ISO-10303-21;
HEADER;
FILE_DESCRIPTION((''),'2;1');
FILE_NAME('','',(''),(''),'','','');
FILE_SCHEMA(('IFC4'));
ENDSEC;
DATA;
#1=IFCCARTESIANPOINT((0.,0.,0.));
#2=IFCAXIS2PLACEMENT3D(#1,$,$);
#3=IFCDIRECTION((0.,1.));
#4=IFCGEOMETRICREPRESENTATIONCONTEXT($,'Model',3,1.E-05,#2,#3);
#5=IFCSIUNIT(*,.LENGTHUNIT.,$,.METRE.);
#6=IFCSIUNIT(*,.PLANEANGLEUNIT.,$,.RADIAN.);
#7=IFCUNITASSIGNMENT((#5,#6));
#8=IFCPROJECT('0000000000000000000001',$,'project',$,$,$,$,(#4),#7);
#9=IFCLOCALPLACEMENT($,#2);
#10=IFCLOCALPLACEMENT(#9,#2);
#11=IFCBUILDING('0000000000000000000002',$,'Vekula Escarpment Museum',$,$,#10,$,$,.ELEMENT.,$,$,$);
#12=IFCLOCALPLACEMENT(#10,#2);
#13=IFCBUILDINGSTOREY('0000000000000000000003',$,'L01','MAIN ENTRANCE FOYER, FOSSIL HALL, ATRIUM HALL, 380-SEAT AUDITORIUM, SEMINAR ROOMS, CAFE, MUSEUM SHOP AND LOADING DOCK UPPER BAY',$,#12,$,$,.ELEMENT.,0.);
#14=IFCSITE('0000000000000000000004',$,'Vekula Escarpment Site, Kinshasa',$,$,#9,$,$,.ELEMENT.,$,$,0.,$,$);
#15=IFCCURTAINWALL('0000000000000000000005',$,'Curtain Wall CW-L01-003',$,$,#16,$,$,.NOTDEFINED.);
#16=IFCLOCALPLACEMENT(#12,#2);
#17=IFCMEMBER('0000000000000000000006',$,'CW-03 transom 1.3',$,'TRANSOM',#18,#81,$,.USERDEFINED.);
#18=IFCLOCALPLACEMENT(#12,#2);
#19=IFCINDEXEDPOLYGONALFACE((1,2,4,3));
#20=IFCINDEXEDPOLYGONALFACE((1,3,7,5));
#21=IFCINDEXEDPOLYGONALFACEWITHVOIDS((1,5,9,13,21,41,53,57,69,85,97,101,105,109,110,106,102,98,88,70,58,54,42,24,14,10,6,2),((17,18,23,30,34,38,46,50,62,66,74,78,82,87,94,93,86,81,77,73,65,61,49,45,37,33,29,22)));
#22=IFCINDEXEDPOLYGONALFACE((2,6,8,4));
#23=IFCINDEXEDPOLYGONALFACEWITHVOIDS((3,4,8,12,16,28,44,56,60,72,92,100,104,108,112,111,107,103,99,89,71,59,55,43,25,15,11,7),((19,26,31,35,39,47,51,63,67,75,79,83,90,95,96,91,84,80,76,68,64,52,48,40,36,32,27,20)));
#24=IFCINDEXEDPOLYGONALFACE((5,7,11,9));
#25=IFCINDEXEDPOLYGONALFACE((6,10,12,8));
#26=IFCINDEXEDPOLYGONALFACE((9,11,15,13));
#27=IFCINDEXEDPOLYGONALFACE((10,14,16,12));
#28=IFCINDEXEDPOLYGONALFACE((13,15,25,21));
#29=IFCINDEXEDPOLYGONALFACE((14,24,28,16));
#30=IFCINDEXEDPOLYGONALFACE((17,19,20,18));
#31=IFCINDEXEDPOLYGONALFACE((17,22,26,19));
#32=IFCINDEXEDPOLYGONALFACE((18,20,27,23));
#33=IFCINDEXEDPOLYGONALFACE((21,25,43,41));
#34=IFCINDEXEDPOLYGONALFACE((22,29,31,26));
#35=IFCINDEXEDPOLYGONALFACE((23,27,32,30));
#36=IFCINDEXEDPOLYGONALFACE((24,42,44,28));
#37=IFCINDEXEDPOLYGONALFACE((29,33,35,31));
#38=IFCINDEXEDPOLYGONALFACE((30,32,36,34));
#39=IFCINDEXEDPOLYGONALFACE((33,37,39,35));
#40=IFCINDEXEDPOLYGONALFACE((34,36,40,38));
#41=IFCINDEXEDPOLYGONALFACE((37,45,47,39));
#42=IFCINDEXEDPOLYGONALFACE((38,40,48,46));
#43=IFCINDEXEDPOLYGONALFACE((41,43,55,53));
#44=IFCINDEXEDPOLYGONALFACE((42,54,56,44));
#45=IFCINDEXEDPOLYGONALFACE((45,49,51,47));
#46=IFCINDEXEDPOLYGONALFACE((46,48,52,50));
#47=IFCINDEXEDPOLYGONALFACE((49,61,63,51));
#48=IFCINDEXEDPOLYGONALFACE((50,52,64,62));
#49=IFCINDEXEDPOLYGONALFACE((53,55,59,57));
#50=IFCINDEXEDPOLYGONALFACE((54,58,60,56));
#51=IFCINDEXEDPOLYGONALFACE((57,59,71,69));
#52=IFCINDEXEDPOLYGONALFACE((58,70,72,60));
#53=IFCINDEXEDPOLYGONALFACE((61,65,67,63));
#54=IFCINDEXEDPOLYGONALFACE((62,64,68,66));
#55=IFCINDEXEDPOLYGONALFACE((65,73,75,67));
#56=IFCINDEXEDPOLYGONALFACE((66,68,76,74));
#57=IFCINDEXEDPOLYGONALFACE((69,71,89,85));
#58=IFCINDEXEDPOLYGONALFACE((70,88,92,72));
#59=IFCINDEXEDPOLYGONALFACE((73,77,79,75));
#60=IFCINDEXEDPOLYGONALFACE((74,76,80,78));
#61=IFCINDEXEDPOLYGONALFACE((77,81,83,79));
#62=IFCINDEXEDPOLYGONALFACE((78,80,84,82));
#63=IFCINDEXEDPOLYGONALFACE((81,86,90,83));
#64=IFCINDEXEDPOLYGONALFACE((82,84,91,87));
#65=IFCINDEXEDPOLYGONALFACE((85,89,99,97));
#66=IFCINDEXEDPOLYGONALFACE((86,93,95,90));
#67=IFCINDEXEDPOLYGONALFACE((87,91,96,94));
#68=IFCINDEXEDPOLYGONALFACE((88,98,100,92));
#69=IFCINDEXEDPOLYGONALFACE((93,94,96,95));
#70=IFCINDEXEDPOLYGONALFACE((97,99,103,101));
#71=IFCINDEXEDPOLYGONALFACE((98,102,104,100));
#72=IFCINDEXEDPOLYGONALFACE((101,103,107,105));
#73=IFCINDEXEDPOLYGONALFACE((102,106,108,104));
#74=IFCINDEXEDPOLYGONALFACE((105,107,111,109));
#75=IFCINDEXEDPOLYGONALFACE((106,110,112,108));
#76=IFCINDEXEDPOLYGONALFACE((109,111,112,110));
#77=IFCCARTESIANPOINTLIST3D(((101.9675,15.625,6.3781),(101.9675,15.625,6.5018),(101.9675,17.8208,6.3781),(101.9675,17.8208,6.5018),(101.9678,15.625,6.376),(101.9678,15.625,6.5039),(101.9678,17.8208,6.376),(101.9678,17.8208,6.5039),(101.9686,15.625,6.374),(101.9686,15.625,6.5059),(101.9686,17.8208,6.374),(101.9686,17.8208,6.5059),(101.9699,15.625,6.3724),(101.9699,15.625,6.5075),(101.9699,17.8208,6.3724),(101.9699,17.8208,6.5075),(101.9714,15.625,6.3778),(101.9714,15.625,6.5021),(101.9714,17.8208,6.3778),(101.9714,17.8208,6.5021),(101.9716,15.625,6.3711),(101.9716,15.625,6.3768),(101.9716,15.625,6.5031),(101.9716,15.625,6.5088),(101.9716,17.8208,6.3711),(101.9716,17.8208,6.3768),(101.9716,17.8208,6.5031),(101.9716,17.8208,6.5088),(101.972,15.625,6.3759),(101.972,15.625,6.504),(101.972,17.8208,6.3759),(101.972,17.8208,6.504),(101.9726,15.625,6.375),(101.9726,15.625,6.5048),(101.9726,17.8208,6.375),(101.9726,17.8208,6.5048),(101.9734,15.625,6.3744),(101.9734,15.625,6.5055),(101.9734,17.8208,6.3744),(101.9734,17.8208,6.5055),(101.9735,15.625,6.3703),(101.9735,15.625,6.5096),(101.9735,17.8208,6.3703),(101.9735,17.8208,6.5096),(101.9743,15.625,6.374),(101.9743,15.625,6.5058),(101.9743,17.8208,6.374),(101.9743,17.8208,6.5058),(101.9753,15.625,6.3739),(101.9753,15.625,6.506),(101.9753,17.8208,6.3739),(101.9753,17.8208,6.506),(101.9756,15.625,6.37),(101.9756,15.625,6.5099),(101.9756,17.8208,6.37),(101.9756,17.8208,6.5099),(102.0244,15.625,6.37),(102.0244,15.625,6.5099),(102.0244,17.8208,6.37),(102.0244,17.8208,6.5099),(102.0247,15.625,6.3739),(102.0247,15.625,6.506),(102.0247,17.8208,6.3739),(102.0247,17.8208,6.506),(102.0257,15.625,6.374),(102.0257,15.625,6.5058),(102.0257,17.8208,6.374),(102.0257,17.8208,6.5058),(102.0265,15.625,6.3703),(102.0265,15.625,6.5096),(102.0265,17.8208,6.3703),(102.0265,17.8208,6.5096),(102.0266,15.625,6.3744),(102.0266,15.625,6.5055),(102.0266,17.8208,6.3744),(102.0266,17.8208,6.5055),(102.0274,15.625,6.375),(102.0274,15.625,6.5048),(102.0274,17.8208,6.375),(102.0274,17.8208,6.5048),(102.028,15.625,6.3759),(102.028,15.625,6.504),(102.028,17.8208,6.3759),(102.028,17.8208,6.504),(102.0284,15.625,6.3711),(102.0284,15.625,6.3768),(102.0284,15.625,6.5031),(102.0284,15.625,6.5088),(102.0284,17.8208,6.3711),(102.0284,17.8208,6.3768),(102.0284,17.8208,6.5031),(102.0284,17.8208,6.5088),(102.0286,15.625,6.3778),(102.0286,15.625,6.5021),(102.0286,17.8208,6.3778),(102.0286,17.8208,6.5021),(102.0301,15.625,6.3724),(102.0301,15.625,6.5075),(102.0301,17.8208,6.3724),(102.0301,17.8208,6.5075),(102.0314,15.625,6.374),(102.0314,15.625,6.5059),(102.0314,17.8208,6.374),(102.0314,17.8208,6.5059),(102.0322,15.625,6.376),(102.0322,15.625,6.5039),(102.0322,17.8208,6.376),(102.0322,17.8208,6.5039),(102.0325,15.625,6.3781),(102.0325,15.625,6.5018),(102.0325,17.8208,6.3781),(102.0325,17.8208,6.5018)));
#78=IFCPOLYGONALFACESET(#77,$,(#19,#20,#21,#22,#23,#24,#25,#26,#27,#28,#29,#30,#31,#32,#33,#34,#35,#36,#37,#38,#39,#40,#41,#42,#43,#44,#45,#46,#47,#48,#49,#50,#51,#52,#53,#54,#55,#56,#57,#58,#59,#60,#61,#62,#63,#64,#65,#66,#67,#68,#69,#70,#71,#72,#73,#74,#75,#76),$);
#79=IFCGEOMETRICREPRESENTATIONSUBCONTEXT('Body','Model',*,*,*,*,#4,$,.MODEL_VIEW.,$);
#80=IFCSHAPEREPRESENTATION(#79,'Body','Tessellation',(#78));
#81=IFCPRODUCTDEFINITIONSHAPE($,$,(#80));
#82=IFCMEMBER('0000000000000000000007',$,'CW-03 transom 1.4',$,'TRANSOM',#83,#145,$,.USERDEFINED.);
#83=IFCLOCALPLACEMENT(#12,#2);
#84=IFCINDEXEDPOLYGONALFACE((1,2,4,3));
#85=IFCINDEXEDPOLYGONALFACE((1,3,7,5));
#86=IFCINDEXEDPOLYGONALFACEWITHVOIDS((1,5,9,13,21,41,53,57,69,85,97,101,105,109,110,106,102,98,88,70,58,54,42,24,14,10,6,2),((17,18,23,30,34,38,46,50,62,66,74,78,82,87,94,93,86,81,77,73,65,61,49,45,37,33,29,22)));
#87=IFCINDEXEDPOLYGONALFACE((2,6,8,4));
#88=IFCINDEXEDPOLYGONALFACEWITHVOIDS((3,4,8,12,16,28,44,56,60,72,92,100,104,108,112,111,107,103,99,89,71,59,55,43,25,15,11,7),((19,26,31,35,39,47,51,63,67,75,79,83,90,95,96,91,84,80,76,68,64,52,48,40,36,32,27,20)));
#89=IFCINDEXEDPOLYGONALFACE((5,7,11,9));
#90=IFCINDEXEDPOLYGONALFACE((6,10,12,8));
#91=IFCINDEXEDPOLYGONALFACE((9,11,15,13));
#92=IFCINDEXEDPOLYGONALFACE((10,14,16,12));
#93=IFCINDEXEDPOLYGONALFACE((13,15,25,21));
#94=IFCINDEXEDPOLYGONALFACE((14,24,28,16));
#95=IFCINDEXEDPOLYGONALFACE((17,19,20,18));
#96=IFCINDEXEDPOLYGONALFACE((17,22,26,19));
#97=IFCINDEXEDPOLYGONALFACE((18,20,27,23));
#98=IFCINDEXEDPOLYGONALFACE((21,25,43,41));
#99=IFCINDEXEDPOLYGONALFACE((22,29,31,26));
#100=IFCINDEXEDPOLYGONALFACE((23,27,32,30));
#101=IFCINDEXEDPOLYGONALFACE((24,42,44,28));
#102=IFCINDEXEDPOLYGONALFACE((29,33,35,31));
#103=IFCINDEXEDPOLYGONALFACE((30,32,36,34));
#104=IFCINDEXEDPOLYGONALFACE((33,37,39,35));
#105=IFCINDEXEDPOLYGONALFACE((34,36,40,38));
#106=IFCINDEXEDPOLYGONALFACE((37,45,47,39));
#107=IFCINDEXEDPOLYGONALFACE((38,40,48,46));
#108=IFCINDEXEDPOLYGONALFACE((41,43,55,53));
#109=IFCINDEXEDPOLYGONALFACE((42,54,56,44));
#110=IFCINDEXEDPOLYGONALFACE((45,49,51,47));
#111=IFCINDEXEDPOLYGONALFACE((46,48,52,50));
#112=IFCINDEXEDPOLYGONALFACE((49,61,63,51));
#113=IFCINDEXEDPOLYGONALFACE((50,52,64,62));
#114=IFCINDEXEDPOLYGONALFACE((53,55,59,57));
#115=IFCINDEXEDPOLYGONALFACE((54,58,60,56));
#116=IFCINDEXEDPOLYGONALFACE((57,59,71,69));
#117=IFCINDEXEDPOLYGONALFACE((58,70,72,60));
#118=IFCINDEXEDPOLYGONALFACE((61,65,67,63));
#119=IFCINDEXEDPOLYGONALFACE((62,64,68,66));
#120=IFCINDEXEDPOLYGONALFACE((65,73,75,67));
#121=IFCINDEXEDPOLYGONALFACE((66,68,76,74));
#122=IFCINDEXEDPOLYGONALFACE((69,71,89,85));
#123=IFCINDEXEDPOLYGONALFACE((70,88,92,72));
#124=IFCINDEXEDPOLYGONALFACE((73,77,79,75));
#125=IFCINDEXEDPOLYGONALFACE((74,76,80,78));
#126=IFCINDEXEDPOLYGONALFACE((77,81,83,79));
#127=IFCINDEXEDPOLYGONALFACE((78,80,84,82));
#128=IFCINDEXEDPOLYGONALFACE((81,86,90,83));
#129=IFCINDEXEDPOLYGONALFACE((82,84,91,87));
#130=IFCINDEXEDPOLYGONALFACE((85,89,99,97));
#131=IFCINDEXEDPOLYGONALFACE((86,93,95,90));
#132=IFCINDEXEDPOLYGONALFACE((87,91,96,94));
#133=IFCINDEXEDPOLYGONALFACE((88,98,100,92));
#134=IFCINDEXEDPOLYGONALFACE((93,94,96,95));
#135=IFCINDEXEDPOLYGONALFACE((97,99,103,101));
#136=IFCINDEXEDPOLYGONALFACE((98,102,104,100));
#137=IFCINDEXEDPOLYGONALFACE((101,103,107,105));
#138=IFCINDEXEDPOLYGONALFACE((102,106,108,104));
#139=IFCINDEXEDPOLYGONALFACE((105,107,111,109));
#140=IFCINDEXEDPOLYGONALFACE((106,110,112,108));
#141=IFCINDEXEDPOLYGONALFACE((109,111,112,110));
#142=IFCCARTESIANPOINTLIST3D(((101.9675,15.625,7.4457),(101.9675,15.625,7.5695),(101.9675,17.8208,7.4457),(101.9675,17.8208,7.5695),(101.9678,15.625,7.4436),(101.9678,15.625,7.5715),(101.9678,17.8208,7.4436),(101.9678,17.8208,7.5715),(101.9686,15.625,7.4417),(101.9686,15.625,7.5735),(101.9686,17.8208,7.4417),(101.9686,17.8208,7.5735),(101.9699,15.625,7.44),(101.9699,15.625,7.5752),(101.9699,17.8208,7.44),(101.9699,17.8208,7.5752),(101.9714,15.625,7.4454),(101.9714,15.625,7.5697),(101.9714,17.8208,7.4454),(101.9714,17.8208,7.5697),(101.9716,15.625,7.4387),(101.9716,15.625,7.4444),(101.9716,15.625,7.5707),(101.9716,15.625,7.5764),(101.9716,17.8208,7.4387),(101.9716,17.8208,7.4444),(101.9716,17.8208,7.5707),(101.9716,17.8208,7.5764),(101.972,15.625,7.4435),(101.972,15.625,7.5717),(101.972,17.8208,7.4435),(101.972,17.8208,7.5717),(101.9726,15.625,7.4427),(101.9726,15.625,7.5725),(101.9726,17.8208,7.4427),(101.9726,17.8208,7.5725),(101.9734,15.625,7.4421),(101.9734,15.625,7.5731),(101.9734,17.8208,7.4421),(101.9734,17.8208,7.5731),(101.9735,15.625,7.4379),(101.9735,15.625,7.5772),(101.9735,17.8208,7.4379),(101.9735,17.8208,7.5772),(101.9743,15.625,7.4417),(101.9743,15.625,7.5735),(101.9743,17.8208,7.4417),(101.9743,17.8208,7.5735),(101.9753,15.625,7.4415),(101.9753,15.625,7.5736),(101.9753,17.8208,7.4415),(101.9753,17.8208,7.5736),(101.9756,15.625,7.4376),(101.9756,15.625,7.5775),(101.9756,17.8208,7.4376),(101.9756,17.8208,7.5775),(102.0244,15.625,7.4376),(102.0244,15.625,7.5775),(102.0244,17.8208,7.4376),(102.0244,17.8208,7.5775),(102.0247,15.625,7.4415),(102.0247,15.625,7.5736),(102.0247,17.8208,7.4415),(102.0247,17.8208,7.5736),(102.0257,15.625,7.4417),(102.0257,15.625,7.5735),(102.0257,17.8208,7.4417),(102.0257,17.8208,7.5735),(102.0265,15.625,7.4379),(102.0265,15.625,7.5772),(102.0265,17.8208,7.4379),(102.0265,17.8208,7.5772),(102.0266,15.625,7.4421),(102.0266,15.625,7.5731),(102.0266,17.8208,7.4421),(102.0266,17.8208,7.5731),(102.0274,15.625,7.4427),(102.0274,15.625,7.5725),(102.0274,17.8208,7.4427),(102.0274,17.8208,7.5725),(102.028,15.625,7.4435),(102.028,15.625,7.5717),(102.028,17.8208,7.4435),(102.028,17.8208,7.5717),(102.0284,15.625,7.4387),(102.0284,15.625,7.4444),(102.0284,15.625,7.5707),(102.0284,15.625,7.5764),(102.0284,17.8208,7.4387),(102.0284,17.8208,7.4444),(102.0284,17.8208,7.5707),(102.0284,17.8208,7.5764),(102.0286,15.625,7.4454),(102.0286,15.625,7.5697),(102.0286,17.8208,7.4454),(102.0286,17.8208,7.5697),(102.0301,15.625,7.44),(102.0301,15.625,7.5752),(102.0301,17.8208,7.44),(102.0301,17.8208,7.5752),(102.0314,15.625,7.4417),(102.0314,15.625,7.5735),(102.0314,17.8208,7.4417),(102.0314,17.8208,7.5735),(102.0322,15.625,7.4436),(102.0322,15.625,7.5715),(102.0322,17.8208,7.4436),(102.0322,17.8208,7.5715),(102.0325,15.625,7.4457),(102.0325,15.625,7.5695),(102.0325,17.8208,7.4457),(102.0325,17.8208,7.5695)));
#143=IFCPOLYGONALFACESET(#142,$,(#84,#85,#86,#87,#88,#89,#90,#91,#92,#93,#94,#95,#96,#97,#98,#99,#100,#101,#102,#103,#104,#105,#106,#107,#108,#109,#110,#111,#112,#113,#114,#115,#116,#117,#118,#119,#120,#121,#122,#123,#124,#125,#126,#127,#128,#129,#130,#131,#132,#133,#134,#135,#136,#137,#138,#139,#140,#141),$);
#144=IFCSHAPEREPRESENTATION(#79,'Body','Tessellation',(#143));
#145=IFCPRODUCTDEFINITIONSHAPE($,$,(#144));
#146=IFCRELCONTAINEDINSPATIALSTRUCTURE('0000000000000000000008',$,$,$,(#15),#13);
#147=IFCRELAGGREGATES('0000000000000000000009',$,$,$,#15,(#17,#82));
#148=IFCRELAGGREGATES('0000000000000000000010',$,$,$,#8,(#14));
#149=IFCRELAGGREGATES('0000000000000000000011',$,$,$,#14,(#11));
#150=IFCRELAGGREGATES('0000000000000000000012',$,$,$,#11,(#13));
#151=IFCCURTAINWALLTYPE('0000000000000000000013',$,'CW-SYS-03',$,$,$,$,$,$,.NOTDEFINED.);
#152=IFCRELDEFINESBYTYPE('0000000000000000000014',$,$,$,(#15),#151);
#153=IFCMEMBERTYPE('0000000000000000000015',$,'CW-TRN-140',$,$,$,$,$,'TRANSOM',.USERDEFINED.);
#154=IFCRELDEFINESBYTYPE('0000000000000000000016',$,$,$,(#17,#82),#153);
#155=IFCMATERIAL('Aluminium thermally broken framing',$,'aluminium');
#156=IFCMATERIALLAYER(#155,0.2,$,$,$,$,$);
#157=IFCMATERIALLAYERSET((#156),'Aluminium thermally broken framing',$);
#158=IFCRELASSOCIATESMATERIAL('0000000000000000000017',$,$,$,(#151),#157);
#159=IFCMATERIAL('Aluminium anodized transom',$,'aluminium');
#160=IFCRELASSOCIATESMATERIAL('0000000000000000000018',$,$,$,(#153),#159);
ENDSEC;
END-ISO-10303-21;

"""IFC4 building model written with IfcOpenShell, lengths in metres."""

from ifc_helpers import new_model, si_unit, direction, frame, origin, origin_2d, place, context, subcontext, project, spatial, hollow_rectangle, extrude, material, layer, layer_set, material_profile, profile_set, type_object, element, aggregate, save


model = new_model("IFC4")

# Units and contexts
model_context = context("Model", 3, precision=1e-05, world=origin(), true_north=direction((0.0, 1.0)))
body_context = subcontext(model_context, "Body", "Model", "MODEL_VIEW")
ifc_project = project(units=[si_unit("LENGTHUNIT", "METRE"), si_unit("PLANEANGLEUNIT", "RADIAN")], contexts=[model_context])

# Site, building, storey
site_placement = place(None, origin())
site = spatial("IfcSite", under=ifc_project, at=site_placement, Name="Vekula Escarpment Site, Kinshasa", CompositionType="ELEMENT", RefElevation=0.0)
building_placement = place(site_placement, origin())
building = spatial("IfcBuilding", under=site, at=building_placement, Name="Vekula Escarpment Museum", CompositionType="ELEMENT")
storey_placement = place(building_placement, origin())
storey = spatial("IfcBuildingStorey", under=building, at=storey_placement, Name="L01", Description="MAIN ENTRANCE FOYER, FOSSIL HALL, ATRIUM HALL, 380-SEAT AUDITORIUM, SEMINAR ROOMS, CAFE, MUSEUM SHOP AND LOADING DOCK UPPER BAY", CompositionType="ELEMENT", Elevation=0.0)

# Curtain wall
ifc_material_1 = material(Name="Aluminium thermally broken framing", Category="aluminium")
ifc_layer_1 = layer(ifc_material_1, 0.2)
ifc_layer_set_1 = layer_set([ifc_layer_1], Name="Aluminium thermally broken framing")
curtain_wall_type_1 = type_object("IfcCurtainWallType", Name="CW-SYS-03", PredefinedType="NOTDEFINED", material=ifc_layer_set_1)
curtain_wall_1_placement = place(storey_placement, origin())
curtain_wall_1 = element("IfcCurtainWall", 1, at=curtain_wall_1_placement, inside=storey, type_object=curtain_wall_type_1, Name="Curtain Wall CW-L01-003", PredefinedType="NOTDEFINED")

# Members
ifc_material_2 = material(Name="Aluminium anodized transom", Category="aluminium")
ifc_material_profile_1 = material_profile(ifc_material_2, hollow_rectangle(XDim=0.0649, YDim=0.1399, WallThickness=0.0039, InnerFilletRadius=0.0039, OuterFilletRadius=0.0081, at=origin_2d()), Name="ALU 140x65x4")
ifc_profile_set_1 = profile_set([ifc_material_profile_1], Name="Aluminium anodized transom")
member_type_1 = type_object("IfcMemberType", Name="CW-TRN-140", ElementType="TRANSOM", PredefinedType="USERDEFINED", material=ifc_profile_set_1)
member_1_placement = place(storey_placement, frame((102.0, 15.625, 6.4399), z_axis=(0.0, 1.0, 0.0), x_axis=(-1.0, 0.0, 0.0)))
member_1 = element("IfcMember", 2, at=member_1_placement, type_object=member_type_1, Name="CW-03 transom 1.3", ObjectType="TRANSOM", PredefinedType="USERDEFINED", context=body_context, shape_type="SweptSolid", body=[
    extrude(hollow_rectangle(XDim=0.0649, YDim=0.1399, WallThickness=0.0039, InnerFilletRadius=0.0039, OuterFilletRadius=0.0081, at=origin_2d()), origin(), (0.0, 0.0, 1.0), 2.1958),
])
member_2_placement = place(storey_placement, frame((102.0, 15.625, 7.5076), z_axis=(0.0, 1.0, 0.0), x_axis=(-1.0, 0.0, 0.0)))
member_2 = element("IfcMember", 3, at=member_2_placement, type_object=member_type_1, Name="CW-03 transom 1.4", ObjectType="TRANSOM", PredefinedType="USERDEFINED", context=body_context, shape_type="SweptSolid", body=[
    extrude(hollow_rectangle(XDim=0.0649, YDim=0.1399, WallThickness=0.0039, InnerFilletRadius=0.0039, OuterFilletRadius=0.0081, at=origin_2d()), origin(), (0.0, 0.0, 1.0), 2.1958),
])

aggregate(curtain_wall_1, [member_1, member_2])

save(model, "model.ifc")
